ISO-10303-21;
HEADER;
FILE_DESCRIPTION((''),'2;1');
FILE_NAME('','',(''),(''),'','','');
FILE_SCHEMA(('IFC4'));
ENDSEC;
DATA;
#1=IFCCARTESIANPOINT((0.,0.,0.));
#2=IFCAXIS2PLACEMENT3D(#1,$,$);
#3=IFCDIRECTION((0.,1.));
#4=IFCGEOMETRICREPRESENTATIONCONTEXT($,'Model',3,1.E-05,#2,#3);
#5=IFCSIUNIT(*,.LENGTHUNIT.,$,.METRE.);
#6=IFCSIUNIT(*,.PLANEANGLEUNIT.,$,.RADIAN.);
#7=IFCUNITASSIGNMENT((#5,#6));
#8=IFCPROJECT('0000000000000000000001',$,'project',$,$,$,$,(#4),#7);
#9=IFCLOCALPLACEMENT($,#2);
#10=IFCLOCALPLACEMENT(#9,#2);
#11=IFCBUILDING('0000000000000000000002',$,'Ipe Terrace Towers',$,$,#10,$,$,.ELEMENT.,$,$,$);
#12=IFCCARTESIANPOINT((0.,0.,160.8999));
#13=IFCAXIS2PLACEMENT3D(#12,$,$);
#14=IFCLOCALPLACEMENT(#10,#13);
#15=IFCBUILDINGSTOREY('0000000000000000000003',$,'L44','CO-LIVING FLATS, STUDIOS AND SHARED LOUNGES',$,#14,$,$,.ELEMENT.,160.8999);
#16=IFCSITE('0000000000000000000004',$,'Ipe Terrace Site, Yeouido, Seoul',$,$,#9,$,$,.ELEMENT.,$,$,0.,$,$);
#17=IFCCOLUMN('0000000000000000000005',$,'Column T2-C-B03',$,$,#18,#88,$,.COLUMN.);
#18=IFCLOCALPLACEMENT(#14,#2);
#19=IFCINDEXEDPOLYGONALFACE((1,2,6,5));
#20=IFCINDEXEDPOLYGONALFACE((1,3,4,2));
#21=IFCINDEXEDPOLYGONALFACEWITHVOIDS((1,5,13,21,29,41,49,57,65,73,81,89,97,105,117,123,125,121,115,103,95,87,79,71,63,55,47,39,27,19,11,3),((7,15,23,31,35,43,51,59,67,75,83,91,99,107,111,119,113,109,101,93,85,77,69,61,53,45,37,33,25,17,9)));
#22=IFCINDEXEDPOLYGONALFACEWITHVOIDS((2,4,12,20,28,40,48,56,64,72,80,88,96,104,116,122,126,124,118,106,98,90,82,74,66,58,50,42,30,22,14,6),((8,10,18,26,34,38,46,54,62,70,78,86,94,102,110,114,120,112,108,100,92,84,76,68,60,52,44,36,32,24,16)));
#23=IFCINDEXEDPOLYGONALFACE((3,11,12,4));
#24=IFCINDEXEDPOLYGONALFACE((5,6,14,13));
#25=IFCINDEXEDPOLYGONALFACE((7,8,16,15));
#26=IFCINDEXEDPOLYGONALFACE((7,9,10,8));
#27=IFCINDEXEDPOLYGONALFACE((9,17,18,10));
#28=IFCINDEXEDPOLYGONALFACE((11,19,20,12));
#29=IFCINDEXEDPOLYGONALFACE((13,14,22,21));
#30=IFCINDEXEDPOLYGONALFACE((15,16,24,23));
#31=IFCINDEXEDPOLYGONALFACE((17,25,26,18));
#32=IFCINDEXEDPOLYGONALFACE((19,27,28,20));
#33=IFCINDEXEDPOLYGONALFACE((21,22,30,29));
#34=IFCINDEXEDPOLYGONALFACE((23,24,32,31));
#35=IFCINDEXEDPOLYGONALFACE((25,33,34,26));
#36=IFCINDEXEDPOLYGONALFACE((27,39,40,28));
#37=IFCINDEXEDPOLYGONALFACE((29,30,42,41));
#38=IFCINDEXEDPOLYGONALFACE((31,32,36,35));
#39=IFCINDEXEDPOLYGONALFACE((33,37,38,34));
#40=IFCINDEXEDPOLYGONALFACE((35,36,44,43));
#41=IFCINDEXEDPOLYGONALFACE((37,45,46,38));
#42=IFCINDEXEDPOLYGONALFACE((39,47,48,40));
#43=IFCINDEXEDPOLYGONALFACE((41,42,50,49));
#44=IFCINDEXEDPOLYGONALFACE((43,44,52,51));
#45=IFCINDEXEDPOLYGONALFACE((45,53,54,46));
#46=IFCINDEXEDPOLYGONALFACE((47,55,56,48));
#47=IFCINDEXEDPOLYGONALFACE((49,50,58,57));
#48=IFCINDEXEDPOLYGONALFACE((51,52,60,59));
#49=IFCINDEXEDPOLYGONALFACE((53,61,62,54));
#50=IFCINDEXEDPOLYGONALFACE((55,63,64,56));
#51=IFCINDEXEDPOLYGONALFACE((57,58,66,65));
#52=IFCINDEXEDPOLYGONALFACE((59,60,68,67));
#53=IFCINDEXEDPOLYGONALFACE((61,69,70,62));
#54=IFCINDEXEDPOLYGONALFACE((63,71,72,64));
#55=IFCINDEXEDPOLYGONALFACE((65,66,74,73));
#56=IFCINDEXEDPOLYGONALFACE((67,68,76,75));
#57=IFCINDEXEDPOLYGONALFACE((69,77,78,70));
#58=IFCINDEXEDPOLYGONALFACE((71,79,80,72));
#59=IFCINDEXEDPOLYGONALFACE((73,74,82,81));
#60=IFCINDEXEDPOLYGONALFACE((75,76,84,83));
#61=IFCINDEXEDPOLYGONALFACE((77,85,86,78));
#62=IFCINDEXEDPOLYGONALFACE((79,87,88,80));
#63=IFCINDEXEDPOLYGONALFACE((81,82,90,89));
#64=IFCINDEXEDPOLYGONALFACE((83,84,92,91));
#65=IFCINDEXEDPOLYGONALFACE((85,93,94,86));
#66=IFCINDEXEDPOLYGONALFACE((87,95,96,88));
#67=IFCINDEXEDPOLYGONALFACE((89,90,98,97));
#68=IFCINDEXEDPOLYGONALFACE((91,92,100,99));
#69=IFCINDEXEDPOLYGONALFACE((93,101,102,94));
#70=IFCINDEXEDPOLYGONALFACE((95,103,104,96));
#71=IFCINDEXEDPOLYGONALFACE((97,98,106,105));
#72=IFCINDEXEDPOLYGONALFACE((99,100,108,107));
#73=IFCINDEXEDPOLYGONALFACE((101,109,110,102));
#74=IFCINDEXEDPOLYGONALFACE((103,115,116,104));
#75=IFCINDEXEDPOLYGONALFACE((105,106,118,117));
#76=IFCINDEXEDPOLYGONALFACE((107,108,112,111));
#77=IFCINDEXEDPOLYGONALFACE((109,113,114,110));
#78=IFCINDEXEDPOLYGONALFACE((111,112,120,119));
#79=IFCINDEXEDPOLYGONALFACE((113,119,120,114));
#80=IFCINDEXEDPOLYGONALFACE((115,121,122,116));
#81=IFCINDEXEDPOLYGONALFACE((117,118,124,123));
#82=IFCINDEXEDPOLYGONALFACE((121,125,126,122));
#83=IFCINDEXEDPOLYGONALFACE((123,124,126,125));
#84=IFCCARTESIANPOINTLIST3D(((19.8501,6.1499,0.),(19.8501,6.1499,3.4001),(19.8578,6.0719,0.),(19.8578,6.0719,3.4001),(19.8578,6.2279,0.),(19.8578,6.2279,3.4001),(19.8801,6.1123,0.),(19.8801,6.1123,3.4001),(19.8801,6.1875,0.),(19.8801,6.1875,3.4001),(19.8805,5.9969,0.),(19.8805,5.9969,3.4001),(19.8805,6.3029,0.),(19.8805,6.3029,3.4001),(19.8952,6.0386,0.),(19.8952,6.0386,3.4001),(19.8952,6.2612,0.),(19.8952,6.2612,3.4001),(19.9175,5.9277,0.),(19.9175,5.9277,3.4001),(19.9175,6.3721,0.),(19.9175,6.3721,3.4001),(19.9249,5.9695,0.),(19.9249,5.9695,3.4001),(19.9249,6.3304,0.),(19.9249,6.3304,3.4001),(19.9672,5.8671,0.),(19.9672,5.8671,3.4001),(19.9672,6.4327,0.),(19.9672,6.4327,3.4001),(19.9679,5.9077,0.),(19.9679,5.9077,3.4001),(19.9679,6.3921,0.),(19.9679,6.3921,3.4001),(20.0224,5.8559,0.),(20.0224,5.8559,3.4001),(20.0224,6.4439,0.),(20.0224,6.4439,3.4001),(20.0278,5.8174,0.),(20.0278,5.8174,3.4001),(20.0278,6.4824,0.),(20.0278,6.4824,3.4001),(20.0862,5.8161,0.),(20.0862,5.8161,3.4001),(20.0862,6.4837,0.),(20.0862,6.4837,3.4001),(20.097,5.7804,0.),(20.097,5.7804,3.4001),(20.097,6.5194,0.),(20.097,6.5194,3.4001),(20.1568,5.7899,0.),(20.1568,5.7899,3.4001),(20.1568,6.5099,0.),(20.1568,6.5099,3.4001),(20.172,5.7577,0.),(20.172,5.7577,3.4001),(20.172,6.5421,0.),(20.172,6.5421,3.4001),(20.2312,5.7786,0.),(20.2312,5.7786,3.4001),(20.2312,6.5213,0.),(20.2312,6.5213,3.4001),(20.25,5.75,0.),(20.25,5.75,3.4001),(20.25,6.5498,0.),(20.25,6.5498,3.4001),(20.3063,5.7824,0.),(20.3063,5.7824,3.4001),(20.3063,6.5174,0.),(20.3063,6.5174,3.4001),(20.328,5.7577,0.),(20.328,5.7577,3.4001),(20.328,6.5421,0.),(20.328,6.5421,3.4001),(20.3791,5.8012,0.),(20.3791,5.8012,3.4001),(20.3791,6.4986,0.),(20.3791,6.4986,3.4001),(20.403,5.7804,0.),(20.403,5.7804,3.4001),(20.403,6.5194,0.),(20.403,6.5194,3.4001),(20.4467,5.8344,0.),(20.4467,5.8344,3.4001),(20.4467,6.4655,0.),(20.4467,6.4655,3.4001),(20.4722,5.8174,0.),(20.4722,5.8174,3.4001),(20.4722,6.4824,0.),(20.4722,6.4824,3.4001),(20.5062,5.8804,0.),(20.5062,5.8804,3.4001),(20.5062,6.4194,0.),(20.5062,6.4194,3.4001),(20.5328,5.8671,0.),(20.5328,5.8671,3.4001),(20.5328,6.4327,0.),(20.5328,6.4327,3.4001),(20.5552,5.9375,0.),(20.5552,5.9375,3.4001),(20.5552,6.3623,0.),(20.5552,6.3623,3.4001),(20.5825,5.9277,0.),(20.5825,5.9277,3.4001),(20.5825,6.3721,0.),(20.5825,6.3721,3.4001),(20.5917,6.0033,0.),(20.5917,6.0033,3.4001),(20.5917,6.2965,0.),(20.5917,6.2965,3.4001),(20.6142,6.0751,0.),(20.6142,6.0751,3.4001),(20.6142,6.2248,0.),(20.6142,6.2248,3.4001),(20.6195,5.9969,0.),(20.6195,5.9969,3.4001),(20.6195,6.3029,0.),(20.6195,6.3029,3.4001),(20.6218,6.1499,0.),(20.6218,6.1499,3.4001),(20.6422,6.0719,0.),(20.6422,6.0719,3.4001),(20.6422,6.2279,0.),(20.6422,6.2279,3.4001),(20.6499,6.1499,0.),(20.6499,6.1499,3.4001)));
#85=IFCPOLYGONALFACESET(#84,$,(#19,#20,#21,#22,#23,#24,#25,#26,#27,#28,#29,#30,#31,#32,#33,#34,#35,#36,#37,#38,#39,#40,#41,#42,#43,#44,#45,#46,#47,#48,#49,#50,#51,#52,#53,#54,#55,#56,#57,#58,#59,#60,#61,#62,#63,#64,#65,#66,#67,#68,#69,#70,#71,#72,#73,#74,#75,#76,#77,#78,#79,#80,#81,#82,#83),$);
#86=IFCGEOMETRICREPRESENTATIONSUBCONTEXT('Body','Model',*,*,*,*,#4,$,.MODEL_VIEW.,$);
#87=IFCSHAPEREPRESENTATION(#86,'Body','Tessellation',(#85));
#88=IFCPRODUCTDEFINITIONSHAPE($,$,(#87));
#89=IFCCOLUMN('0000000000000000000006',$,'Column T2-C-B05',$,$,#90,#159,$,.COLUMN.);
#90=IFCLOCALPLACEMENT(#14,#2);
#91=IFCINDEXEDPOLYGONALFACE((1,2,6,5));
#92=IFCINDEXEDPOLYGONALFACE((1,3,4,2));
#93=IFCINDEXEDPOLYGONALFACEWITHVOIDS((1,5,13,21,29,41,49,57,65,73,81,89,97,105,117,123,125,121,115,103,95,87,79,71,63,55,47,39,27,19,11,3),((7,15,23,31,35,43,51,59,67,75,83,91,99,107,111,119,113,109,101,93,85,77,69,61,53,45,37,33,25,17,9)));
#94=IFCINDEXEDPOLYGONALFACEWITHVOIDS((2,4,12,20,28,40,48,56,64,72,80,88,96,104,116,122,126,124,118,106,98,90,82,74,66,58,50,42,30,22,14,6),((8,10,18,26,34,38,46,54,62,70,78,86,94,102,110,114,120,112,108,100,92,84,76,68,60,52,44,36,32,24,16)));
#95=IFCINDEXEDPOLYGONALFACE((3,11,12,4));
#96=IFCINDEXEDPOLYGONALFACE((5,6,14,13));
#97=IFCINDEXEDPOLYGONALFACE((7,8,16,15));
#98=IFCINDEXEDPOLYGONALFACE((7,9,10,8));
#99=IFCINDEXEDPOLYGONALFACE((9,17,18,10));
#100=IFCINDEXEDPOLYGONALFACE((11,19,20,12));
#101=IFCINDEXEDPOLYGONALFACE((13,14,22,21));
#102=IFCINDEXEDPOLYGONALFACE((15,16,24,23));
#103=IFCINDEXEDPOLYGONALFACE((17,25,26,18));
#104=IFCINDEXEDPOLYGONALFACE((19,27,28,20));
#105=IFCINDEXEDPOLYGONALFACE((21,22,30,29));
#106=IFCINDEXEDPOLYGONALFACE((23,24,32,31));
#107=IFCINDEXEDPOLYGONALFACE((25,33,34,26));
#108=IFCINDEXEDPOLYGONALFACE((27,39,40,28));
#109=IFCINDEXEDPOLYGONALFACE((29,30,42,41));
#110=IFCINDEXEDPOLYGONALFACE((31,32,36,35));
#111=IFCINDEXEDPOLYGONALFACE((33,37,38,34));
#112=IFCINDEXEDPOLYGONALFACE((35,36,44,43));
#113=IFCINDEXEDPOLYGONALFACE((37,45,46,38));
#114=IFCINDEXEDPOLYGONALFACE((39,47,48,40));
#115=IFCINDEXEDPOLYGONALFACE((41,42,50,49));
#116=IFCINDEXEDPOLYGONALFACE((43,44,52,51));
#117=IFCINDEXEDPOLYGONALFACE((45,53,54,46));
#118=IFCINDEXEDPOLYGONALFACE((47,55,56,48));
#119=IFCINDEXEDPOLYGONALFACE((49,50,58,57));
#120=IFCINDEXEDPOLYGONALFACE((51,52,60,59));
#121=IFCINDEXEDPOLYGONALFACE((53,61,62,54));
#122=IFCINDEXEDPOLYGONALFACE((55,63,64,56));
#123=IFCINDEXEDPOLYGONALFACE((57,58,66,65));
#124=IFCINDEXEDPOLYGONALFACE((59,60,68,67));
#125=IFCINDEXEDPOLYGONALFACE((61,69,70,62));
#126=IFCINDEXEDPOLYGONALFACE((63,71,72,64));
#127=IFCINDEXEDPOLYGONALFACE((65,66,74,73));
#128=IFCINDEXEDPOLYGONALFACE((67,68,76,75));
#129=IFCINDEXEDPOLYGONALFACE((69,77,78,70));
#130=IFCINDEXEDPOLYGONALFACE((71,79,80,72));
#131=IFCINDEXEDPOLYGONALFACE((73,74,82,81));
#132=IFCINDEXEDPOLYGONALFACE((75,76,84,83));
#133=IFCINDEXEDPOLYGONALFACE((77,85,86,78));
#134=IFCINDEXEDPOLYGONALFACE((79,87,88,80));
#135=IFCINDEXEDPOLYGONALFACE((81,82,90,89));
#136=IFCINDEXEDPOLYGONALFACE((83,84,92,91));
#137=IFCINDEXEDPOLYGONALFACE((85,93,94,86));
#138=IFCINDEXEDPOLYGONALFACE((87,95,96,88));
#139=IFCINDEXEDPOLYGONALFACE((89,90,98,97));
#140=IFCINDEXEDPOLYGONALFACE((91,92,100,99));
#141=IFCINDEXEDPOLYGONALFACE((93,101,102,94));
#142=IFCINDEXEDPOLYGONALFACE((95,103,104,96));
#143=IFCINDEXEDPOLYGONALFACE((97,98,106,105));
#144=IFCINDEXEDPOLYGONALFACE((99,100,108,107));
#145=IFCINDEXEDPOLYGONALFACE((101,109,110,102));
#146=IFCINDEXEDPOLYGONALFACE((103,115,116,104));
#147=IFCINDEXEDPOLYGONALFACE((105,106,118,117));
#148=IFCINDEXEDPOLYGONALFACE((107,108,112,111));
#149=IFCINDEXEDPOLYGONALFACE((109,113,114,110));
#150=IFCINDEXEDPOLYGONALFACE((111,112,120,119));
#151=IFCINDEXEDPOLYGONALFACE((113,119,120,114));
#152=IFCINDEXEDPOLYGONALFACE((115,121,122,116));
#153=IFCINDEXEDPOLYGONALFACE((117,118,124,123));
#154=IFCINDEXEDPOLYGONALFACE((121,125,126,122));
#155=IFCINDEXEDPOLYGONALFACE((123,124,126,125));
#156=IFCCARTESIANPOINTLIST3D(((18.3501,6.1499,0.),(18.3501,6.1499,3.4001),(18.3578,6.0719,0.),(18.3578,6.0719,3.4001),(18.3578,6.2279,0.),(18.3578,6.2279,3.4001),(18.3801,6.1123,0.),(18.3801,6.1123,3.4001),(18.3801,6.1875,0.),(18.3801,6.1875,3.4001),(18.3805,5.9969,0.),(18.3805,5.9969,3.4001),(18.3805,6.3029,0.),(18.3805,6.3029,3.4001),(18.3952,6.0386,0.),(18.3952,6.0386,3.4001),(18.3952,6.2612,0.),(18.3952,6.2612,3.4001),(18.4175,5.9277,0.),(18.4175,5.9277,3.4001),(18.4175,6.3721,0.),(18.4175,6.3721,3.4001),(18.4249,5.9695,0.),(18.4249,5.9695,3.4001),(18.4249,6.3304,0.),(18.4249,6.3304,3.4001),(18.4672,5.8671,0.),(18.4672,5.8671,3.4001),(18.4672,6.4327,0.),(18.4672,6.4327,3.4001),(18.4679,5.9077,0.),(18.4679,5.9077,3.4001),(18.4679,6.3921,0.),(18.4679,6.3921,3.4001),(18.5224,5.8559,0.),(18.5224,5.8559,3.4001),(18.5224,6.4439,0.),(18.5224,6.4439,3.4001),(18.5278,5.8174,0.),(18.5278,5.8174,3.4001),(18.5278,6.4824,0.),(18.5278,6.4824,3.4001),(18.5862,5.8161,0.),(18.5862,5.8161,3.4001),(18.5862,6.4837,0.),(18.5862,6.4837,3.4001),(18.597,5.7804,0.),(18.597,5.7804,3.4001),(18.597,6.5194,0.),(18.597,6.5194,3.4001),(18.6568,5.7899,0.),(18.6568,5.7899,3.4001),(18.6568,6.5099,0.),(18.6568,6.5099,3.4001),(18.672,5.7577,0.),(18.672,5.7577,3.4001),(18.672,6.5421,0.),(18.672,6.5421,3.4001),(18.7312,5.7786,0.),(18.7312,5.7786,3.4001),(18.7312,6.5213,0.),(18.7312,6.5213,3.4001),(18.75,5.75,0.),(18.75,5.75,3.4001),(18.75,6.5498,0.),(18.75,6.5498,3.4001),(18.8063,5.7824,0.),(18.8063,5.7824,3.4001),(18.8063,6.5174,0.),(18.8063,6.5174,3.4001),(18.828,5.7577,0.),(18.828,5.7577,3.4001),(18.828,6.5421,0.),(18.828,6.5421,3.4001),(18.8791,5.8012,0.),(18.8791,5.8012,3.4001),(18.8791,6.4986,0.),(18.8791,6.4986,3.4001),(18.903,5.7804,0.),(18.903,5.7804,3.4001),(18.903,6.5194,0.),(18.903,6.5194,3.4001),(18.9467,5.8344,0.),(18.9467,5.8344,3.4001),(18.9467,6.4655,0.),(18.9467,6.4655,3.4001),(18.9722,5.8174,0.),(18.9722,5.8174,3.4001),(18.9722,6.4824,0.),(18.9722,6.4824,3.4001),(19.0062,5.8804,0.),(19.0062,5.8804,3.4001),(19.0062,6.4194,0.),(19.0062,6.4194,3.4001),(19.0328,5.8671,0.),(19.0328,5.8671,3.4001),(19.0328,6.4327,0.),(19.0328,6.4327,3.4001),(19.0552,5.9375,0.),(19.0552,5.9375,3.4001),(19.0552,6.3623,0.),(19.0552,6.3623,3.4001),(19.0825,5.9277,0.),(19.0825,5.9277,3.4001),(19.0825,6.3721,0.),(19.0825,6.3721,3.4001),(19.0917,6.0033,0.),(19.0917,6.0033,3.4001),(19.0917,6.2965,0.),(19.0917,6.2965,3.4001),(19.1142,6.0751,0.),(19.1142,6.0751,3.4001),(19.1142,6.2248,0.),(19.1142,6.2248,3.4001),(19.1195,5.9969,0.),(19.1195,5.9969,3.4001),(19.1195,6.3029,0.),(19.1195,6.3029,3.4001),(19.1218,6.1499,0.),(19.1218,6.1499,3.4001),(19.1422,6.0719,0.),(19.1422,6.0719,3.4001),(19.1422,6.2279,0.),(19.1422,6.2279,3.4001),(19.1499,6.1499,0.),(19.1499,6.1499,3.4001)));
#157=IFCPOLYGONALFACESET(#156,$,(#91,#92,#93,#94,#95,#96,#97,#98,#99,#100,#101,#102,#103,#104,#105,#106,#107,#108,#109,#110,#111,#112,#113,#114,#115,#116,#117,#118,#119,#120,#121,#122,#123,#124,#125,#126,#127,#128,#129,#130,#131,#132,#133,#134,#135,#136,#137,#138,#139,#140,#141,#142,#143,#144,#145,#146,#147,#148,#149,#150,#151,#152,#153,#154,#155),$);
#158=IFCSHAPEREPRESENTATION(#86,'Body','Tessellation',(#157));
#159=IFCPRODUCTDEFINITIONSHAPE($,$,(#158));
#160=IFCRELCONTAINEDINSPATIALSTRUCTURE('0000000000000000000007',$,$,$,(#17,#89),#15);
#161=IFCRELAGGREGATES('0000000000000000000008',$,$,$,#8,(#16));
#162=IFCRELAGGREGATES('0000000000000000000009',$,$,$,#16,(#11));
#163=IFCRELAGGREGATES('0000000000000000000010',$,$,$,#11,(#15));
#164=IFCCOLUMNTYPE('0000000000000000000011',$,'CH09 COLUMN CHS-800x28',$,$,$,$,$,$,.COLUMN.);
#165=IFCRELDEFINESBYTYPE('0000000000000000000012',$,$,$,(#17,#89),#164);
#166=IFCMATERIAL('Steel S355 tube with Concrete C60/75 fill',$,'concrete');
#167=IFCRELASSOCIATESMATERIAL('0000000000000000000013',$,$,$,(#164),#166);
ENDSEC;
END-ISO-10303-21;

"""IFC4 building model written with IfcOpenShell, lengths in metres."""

from ifc_helpers import new_model, si_unit, direction, frame, origin, origin_2d, place, context, subcontext, project, spatial, hollow_circle, extrude, material, material_profile, profile_set, type_object, element, save


model = new_model("IFC4")

# Units and contexts
model_context = context("Model", 3, precision=1e-05, world=origin(), true_north=direction((0.0, 1.0)))
body_context = subcontext(model_context, "Body", "Model", "MODEL_VIEW")
ifc_project = project(units=[si_unit("LENGTHUNIT", "METRE"), si_unit("PLANEANGLEUNIT", "RADIAN")], contexts=[model_context])

# Site, building, storey
site_placement = place(None, origin())
site = spatial("IfcSite", under=ifc_project, at=site_placement, Name="Ipe Terrace Site, Yeouido, Seoul", CompositionType="ELEMENT", RefElevation=0.0)
building_placement = place(site_placement, origin())
building = spatial("IfcBuilding", under=site, at=building_placement, Name="Ipe Terrace Towers", CompositionType="ELEMENT")
storey_placement = place(building_placement, frame((0.0, 0.0, 160.8999)))
storey = spatial("IfcBuildingStorey", under=building, at=storey_placement, Name="L44", Description="CO-LIVING FLATS, STUDIOS AND SHARED LOUNGES", CompositionType="ELEMENT", Elevation=160.8999)

# Columns
ifc_material_1 = material(Name="Steel S355 tube with Concrete C60/75 fill", Category="concrete")
ifc_material_profile_1 = material_profile(ifc_material_1, hollow_circle(Radius=0.3999, WallThickness=0.0281, at=origin_2d()), Name="CHS-800x28")
ifc_profile_set_1 = profile_set([ifc_material_profile_1], Name="Steel S355 tube with Concrete C60/75 fill")
column_type = type_object("IfcColumnType", Name="CH09 COLUMN CHS-800x28", PredefinedType="COLUMN", material=ifc_profile_set_1)
for number, where, z_axis, x_axis, name in (
    (1, (20.25, 6.1499, 0.0), (0.0, 0.0, 1.0), (1.0, 0.0, 0.0), "Column T2-C-B03"),
    (2, (18.75, 6.1499, 0.0), (0.0, 0.0, 1.0), (1.0, 0.0, 0.0), "Column T2-C-B05"),
):
    element("IfcColumn", number, at=place(storey_placement, frame(where, z_axis=z_axis, x_axis=x_axis)), inside=storey, type_object=column_type, Name=name, PredefinedType="COLUMN", context=body_context, shape_type="SweptSolid", body=[
        extrude(hollow_circle(Radius=0.3999, WallThickness=0.0281, at=origin_2d()), origin(), (0.0, 0.0, 1.0), 3.4001),
    ])

save(model, "model.ifc")
